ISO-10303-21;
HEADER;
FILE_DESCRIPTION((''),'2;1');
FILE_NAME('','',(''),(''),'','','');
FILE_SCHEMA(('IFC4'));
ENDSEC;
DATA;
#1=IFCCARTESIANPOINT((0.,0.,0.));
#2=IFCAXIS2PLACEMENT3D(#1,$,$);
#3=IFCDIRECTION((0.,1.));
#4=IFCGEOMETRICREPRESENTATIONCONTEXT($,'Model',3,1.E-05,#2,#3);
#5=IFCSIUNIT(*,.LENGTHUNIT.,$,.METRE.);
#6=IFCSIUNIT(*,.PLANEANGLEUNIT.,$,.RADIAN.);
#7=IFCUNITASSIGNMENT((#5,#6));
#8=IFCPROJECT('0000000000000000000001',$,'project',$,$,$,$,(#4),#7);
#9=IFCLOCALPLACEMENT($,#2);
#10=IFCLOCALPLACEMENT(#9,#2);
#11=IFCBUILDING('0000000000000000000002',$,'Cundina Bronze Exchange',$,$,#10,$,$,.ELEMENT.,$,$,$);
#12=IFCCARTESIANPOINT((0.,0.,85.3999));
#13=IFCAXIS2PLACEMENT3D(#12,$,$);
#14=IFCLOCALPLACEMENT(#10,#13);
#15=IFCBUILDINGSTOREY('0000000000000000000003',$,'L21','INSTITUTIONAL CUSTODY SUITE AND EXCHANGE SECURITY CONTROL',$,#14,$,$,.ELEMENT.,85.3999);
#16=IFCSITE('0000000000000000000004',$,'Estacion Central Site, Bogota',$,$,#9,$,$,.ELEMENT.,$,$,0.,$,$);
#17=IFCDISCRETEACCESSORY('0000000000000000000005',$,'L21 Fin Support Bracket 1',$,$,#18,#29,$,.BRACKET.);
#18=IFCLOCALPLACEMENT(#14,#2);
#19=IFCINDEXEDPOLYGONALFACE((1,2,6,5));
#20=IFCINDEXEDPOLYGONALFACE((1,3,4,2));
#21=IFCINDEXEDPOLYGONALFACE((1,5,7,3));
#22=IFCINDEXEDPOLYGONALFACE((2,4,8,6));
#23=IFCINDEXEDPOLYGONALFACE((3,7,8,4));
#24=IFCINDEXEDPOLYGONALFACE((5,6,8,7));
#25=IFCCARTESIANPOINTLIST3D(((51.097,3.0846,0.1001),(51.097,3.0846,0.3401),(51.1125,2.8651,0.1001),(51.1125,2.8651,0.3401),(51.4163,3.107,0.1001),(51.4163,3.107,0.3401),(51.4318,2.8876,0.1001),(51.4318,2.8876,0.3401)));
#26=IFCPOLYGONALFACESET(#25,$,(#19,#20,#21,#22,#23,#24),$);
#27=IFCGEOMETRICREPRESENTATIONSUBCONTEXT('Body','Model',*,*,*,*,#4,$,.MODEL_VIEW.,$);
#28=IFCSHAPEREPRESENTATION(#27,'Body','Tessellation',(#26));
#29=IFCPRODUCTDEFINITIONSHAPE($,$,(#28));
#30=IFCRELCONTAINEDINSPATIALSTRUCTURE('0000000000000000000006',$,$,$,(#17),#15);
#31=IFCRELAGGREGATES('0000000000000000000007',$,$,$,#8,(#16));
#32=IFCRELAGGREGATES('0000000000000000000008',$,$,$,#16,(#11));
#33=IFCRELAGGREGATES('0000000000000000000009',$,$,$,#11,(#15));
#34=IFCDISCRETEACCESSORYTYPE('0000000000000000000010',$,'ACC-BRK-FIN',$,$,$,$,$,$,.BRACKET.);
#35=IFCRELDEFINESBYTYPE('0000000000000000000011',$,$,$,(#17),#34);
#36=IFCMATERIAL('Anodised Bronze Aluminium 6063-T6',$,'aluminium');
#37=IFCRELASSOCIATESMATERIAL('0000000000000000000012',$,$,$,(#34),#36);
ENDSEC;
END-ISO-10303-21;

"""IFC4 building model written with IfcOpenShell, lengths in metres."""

from ifc_helpers import new_model, si_unit, direction, frame, origin, origin_2d, place, context, subcontext, project, spatial, rectangle, extrude, material, type_object, element, save


model = new_model("IFC4")

# Units and contexts
model_context = context("Model", 3, precision=1e-05, world=origin(), true_north=direction((0.0, 1.0)))
body_context = subcontext(model_context, "Body", "Model", "MODEL_VIEW")
ifc_project = project(units=[si_unit("LENGTHUNIT", "METRE"), si_unit("PLANEANGLEUNIT", "RADIAN")], contexts=[model_context])

# Site, building, storey
site_placement = place(None, origin())
site = spatial("IfcSite", under=ifc_project, at=site_placement, Name="Estacion Central Site, Bogota", CompositionType="ELEMENT", RefElevation=0.0)
building_placement = place(site_placement, origin())
building = spatial("IfcBuilding", under=site, at=building_placement, Name="Cundina Bronze Exchange", CompositionType="ELEMENT")
storey_placement = place(building_placement, frame((0.0, 0.0, 85.3999)))
storey = spatial("IfcBuildingStorey", under=building, at=storey_placement, Name="L21", Description="INSTITUTIONAL CUSTODY SUITE AND EXCHANGE SECURITY CONTROL", CompositionType="ELEMENT", Elevation=85.3999)

# Shared definitions
ifc_material_1 = material(Name="Anodised Bronze Aluminium 6063-T6", Category="aluminium")

# Discrete accessory
discrete_accessory_type = type_object("IfcDiscreteAccessoryType", Name="ACC-BRK-FIN", PredefinedType="BRACKET", material=ifc_material_1)
discrete_accessory_placement = place(storey_placement, frame((51.2644, 2.9861, 0.1001), z_axis=(0.0, 0.0, 1.0), x_axis=(-0.070279, 0.997527, 0.0)))
element("IfcDiscreteAccessory", 1, at=discrete_accessory_placement, inside=storey, type_object=discrete_accessory_type, Name="L21 Fin Support Bracket 1", PredefinedType="BRACKET", context=body_context, shape_type="SweptSolid", body=[
    extrude(rectangle(XDim=0.22, YDim=0.3201, at=origin_2d()), origin(), (0.0, 0.0, 1.0), 0.24),
])

save(model, "model.ifc")
